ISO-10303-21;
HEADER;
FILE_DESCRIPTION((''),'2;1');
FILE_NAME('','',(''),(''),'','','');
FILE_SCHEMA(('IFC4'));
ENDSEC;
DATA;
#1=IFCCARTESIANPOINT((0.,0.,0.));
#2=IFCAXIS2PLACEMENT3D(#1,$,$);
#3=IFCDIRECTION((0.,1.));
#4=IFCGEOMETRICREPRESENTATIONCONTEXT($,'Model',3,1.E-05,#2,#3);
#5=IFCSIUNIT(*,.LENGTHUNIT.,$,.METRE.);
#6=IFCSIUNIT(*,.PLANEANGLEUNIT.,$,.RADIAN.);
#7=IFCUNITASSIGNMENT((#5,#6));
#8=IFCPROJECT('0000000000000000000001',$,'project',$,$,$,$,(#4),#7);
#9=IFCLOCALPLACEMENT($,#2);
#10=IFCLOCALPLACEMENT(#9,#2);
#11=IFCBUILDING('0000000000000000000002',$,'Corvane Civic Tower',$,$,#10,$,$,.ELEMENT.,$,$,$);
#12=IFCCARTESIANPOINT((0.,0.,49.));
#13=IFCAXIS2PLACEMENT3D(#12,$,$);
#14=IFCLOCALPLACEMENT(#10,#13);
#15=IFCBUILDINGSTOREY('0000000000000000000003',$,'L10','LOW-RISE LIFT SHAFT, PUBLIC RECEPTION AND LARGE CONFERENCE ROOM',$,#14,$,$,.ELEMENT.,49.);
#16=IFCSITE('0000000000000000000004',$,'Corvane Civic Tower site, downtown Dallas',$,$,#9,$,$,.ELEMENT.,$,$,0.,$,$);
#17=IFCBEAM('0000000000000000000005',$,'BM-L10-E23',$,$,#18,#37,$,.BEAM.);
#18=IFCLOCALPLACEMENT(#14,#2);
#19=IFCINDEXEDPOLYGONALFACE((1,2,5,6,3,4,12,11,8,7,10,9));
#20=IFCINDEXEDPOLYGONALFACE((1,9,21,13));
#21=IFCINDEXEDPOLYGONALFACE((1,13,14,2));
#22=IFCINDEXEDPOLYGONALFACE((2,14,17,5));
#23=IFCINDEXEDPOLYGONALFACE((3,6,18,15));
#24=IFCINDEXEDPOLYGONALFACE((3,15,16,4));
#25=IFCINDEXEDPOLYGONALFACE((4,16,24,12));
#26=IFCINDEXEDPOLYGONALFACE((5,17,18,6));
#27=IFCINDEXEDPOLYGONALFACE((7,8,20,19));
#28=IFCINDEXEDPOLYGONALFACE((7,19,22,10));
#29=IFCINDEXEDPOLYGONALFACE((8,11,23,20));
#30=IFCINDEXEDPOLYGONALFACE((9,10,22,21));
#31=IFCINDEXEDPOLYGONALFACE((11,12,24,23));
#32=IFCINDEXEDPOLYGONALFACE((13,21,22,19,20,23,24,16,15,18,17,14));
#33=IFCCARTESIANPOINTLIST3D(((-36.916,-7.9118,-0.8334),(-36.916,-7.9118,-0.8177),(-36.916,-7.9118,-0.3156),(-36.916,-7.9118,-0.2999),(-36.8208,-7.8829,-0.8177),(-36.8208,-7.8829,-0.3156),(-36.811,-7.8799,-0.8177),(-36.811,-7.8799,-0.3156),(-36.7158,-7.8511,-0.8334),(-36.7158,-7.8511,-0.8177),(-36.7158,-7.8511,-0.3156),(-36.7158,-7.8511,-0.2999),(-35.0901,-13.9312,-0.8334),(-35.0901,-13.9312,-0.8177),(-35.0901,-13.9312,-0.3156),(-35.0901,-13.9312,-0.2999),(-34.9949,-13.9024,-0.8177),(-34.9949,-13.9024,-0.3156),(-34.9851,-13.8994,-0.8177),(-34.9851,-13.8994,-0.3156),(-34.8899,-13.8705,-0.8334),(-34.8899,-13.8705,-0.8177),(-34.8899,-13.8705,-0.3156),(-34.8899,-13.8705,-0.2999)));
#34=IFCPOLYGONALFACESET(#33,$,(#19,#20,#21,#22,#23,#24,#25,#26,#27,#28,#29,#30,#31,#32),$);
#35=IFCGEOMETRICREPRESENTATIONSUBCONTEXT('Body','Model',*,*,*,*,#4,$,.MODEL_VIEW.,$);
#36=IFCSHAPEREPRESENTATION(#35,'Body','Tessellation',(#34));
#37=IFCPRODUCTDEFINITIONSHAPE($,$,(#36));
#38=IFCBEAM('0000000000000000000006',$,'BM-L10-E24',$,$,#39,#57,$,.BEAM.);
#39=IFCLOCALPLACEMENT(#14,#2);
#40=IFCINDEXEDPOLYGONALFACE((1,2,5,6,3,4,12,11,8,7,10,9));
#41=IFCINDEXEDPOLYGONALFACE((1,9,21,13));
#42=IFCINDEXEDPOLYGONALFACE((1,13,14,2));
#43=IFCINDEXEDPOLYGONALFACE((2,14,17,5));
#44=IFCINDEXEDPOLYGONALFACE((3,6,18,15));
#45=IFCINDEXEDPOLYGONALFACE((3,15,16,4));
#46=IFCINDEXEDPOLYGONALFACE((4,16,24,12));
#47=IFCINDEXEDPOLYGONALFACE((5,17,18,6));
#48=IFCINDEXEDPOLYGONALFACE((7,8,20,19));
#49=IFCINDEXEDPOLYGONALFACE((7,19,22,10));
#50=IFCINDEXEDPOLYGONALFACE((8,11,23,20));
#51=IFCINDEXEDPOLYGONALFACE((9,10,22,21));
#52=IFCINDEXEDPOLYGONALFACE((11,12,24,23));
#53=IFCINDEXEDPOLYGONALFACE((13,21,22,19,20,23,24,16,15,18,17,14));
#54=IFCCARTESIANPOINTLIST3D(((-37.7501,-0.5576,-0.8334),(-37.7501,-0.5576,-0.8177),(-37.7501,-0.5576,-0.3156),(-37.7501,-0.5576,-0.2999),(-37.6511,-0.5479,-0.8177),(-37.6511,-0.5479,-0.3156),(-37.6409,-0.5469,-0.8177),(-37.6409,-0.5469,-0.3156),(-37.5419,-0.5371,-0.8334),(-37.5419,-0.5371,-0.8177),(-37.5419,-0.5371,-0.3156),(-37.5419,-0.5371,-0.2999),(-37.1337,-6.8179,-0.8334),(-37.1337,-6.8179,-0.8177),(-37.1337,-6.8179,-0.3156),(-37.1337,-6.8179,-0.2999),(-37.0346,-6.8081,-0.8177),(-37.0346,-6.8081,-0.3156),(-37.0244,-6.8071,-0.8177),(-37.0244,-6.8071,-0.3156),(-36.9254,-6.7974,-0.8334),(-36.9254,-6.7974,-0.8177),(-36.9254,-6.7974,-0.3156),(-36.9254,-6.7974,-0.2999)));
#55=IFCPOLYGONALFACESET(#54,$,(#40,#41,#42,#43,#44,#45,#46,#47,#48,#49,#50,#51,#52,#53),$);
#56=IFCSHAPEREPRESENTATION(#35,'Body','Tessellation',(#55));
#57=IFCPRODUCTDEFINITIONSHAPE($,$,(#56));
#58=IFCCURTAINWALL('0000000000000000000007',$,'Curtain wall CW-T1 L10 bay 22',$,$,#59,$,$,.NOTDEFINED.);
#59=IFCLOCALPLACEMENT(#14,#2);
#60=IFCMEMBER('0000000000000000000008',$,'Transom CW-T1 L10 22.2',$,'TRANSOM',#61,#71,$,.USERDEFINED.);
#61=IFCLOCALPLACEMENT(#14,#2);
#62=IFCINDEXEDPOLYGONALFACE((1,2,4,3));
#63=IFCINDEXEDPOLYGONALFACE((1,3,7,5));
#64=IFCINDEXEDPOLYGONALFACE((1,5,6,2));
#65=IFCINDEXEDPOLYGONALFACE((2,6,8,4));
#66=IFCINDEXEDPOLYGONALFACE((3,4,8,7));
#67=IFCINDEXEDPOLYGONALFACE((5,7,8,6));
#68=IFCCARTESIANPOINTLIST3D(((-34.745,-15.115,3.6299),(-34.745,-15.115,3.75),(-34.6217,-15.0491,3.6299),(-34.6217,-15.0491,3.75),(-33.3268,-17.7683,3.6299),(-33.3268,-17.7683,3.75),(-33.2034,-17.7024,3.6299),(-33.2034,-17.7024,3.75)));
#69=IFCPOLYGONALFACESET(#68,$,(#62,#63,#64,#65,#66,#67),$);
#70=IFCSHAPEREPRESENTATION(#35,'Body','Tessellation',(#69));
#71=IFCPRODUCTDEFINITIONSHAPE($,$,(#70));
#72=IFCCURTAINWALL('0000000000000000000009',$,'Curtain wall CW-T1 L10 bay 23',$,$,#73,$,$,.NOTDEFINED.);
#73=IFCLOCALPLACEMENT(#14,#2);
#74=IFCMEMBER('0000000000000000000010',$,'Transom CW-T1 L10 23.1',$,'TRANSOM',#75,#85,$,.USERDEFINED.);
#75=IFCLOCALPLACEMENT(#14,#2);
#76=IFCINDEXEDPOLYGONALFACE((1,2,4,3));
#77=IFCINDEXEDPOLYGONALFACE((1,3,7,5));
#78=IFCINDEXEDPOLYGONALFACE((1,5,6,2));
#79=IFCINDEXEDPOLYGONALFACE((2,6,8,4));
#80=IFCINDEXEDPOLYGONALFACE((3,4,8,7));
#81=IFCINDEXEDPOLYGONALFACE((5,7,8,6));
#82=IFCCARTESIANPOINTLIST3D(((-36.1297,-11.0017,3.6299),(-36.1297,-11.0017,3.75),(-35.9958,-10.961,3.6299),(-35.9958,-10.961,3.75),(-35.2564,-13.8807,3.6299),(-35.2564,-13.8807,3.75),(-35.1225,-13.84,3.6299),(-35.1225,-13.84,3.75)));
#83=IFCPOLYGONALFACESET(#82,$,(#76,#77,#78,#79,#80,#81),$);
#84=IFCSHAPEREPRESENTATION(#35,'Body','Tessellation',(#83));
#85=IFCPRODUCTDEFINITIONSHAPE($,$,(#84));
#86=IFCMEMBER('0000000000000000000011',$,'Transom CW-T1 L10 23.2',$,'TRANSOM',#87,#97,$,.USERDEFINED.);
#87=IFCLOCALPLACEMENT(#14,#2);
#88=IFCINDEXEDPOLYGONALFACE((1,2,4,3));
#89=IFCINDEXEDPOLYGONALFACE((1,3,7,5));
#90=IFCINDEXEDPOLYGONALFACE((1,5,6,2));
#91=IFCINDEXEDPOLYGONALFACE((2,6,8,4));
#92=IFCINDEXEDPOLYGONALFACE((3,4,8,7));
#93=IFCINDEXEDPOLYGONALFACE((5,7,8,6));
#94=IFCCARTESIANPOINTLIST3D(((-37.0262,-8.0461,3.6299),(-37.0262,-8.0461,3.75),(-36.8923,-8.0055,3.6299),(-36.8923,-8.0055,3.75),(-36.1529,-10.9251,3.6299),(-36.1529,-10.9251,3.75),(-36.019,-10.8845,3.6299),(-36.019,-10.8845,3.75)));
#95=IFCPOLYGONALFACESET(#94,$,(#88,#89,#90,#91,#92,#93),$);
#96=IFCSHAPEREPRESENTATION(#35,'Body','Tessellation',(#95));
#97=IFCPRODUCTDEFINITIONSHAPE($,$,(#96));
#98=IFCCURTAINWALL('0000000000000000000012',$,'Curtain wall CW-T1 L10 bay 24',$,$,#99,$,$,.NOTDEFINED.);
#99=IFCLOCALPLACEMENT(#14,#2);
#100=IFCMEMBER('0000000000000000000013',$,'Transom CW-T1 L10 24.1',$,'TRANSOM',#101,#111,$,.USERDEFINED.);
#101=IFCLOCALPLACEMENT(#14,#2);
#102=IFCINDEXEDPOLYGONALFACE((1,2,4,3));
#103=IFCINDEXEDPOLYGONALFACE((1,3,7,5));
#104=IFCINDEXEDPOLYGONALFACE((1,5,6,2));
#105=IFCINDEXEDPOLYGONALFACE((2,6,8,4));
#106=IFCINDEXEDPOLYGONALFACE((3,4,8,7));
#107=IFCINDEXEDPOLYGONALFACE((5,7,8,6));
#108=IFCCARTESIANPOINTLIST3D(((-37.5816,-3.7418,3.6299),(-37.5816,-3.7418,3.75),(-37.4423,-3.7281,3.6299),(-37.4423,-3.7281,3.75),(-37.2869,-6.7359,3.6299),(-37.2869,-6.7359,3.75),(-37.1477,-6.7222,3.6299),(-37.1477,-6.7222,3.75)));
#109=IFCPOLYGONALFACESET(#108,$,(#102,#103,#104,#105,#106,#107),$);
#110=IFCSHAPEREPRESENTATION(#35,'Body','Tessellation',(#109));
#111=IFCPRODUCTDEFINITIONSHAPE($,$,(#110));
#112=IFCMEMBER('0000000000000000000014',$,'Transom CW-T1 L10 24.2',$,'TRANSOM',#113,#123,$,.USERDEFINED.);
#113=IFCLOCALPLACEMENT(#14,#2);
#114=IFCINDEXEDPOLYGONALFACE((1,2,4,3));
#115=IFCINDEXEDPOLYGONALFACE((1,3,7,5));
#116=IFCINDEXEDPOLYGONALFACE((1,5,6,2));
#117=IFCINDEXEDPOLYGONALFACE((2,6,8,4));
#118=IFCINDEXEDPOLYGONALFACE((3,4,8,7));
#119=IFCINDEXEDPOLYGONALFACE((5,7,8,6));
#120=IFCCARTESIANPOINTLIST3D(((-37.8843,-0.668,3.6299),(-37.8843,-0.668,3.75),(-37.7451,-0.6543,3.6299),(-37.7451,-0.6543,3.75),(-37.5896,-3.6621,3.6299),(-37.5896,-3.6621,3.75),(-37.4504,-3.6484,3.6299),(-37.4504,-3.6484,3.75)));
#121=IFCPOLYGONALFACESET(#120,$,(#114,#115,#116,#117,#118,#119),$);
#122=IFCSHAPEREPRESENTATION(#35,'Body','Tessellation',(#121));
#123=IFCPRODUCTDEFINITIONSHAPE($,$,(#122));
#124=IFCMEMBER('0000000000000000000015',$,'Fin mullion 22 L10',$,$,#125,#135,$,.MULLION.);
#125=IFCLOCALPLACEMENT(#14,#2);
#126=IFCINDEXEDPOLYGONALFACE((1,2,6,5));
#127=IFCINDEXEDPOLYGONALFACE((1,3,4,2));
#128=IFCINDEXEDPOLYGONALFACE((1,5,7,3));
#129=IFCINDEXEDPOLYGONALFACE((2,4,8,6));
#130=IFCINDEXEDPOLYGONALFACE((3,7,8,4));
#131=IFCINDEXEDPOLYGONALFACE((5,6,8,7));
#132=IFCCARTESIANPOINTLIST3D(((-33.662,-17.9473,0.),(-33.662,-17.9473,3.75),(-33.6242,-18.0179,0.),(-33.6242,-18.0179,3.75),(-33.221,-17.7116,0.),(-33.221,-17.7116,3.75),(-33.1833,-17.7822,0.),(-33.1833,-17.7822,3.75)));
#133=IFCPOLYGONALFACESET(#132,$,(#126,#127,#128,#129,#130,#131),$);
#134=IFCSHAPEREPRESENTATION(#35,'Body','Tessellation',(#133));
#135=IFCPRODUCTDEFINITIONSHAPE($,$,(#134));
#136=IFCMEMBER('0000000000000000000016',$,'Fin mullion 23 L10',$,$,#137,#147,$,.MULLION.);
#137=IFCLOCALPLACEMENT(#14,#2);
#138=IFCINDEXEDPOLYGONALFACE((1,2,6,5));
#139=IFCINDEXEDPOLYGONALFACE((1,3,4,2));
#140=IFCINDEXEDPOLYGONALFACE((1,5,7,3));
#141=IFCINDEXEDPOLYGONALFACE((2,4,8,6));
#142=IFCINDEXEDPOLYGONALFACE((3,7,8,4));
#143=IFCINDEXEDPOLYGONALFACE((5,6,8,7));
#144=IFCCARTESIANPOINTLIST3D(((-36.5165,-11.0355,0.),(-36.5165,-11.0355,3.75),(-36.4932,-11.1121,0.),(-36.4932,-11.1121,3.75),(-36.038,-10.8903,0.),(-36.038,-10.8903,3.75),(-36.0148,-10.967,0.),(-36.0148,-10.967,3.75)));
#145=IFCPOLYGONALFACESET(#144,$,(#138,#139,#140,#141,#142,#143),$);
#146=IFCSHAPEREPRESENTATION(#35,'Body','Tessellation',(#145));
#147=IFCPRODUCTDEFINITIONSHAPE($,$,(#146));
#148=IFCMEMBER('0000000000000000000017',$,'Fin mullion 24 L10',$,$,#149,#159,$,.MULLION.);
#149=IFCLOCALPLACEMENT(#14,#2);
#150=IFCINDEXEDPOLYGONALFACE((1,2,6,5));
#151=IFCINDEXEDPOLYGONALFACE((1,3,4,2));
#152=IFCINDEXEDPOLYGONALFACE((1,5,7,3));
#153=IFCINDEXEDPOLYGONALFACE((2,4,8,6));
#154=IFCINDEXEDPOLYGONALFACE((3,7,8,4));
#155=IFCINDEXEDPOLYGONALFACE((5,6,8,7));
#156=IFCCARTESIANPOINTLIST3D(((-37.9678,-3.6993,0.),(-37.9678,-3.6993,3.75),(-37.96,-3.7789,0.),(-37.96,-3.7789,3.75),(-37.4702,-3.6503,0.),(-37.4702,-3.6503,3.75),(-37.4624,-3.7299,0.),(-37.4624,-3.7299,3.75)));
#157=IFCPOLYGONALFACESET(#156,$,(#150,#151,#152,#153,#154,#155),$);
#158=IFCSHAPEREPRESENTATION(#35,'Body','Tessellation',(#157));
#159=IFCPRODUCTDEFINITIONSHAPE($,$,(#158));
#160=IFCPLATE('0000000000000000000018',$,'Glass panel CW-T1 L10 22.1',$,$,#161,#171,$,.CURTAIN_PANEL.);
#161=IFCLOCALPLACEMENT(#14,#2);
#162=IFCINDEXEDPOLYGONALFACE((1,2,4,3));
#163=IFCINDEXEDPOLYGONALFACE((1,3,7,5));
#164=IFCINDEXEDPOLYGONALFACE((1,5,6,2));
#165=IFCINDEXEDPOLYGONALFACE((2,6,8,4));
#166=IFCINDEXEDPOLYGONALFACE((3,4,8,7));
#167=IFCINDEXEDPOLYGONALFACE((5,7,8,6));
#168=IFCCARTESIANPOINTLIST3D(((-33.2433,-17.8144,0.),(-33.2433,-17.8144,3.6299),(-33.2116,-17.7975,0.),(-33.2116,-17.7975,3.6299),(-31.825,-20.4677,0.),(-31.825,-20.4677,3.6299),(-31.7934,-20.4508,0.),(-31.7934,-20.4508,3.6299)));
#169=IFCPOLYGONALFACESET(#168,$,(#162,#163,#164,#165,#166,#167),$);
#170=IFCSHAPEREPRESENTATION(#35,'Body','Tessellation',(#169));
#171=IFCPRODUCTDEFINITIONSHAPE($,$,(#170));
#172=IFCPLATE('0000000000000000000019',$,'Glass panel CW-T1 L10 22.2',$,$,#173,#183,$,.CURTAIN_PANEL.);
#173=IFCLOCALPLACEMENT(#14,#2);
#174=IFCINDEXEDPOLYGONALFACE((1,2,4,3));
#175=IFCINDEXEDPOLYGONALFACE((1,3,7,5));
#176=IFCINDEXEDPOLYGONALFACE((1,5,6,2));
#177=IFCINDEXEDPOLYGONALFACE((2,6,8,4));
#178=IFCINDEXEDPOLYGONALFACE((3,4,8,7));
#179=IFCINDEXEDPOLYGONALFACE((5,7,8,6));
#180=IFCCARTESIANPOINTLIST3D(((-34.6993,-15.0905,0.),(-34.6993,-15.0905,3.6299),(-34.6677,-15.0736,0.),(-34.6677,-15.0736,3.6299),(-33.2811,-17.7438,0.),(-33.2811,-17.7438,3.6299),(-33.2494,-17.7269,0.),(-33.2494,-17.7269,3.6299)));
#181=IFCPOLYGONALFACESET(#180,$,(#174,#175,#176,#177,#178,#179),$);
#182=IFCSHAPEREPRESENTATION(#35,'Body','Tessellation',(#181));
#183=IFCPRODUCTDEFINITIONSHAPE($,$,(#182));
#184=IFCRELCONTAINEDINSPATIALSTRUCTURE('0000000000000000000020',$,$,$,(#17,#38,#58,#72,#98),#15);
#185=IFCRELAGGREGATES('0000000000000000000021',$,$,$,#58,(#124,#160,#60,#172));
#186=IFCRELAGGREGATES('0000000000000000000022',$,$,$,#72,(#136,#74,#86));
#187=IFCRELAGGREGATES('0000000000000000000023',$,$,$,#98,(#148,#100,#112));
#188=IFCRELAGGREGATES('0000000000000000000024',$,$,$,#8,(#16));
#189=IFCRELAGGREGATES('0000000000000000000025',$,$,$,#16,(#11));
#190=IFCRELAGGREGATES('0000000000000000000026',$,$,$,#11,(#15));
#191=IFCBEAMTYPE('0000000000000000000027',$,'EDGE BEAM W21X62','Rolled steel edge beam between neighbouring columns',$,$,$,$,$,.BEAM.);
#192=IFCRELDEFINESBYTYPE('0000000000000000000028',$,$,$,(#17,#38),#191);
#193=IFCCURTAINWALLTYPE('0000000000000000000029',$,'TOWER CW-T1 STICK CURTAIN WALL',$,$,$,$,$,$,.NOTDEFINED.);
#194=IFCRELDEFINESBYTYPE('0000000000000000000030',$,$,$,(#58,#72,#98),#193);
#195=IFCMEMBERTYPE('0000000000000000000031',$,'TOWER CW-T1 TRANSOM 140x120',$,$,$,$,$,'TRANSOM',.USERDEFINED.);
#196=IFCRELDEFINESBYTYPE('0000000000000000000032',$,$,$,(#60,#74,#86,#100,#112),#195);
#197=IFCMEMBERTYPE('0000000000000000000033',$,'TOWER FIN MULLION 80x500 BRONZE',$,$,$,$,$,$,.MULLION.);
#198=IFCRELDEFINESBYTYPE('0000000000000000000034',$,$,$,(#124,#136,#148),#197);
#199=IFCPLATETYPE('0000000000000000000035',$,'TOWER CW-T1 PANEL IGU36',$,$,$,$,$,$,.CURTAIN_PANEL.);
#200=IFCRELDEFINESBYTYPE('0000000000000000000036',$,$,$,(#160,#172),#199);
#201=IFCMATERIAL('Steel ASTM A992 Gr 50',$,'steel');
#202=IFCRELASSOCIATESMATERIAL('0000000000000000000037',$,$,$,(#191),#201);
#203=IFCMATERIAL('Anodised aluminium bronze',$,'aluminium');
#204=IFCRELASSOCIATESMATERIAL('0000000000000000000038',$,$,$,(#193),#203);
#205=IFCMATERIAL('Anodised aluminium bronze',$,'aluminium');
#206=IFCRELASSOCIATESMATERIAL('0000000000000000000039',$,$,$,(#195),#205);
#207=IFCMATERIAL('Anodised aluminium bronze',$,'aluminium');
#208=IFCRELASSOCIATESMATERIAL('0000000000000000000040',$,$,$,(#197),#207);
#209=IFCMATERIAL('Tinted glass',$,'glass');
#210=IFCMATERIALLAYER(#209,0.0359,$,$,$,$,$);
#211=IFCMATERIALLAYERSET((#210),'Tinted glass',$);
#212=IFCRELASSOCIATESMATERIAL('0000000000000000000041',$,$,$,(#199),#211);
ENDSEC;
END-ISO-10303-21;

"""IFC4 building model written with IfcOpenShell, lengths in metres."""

from ifc_helpers import new_model, si_unit, direction, frame, origin, origin_2d, place, context, subcontext, project, spatial, rectangle, i_section, extrude, material, layer, layer_set, material_profile, profile_set, type_object, element, aggregate, save


model = new_model("IFC4")

# Units and contexts
model_context = context("Model", 3, precision=1e-05, world=origin(), true_north=direction((0.0, 1.0)))
body_context = subcontext(model_context, "Body", "Model", "MODEL_VIEW")
ifc_project = project(units=[si_unit("LENGTHUNIT", "METRE"), si_unit("PLANEANGLEUNIT", "RADIAN")], contexts=[model_context])

# Site, building, storey
site_placement = place(None, origin())
site = spatial("IfcSite", under=ifc_project, at=site_placement, Name="Corvane Civic Tower site, downtown Dallas", CompositionType="ELEMENT", RefElevation=0.0)
building_placement = place(site_placement, origin())
building = spatial("IfcBuilding", under=site, at=building_placement, Name="Corvane Civic Tower", CompositionType="ELEMENT")
storey_placement = place(building_placement, frame((0.0, 0.0, 49.0)))
storey = spatial("IfcBuildingStorey", under=building, at=storey_placement, Name="L10", Description="LOW-RISE LIFT SHAFT, PUBLIC RECEPTION AND LARGE CONFERENCE ROOM", CompositionType="ELEMENT", Elevation=49.0)

# Beams
ifc_material_1 = material(Name="Steel ASTM A992 Gr 50", Category="steel")
ifc_material_profile_1 = material_profile(ifc_material_1, i_section(OverallWidth=0.2092, OverallDepth=0.5334, WebThickness=0.0103, FlangeThickness=0.0156, at=origin_2d()), Name="W21X62")
ifc_profile_set_1 = profile_set([ifc_material_profile_1], Name="Steel ASTM A992 Gr 50")
beam_type = type_object("IfcBeamType", Name="EDGE BEAM W21X62", Description="Rolled steel edge beam between neighbouring columns", PredefinedType="BEAM", material=ifc_profile_set_1)
beam_1_placement = place(storey_placement, frame((-34.99, -13.9009, -0.5667), z_axis=(-0.290273, 0.956944, 0.0), x_axis=(-0.956944, -0.290273, 0.0)))
element("IfcBeam", 1, at=beam_1_placement, inside=storey, type_object=beam_type, Name="BM-L10-E23", PredefinedType="BEAM", context=body_context, shape_type="SweptSolid", body=[
    extrude(i_section(OverallWidth=0.2092, OverallDepth=0.5334, WebThickness=0.0103, FlangeThickness=0.0156, at=origin_2d()), origin(), (0.0, 0.0, 1.0), 6.2903),
])
beam_2_placement = place(storey_placement, frame((-37.0295, -6.8076, -0.5667), z_axis=(-0.097997, 0.995187, 0.0), x_axis=(-0.995187, -0.097997, 0.0)))
element("IfcBeam", 2, at=beam_2_placement, inside=storey, type_object=beam_type, Name="BM-L10-E24", PredefinedType="BEAM", context=body_context, shape_type="SweptSolid", body=[
    extrude(i_section(OverallWidth=0.2092, OverallDepth=0.5334, WebThickness=0.0103, FlangeThickness=0.0156, at=origin_2d()), origin(), (0.0, 0.0, 1.0), 6.2905),
])

# Curtain wall, member
ifc_material_2 = material(Name="Anodised aluminium bronze", Category="aluminium")
curtain_wall_type = type_object("IfcCurtainWallType", Name="TOWER CW-T1 STICK CURTAIN WALL", PredefinedType="NOTDEFINED", material=ifc_material_2)
curtain_wall_1_placement = place(storey_placement, origin())
curtain_wall_1 = element("IfcCurtainWall", 3, at=curtain_wall_1_placement, inside=storey, type_object=curtain_wall_type, Name="Curtain wall CW-T1 L10 bay 22", PredefinedType="NOTDEFINED")
ifc_material_3 = material(Name="Anodised aluminium bronze", Category="aluminium")
ifc_material_profile_2 = material_profile(ifc_material_3, rectangle(XDim=0.1399, YDim=0.1201, at=origin_2d()), Name="TOWER CW-T1 TRANSOM 140x120")
ifc_profile_set_2 = profile_set([ifc_material_profile_2], Name="Anodised aluminium bronze")
member_type_1 = type_object("IfcMemberType", Name="TOWER CW-T1 TRANSOM 140x120", ElementType="TRANSOM", PredefinedType="USERDEFINED", material=ifc_profile_set_2)
member_1_placement = place(storey_placement, frame((-33.2651, -17.7354, 3.6899), z_axis=(-0.471393, 0.881924, 0.0), x_axis=(-0.881924, -0.471393, 0.0)))
member_1 = element("IfcMember", 4, at=member_1_placement, type_object=member_type_1, Name="Transom CW-T1 L10 22.2", ObjectType="TRANSOM", PredefinedType="USERDEFINED", context=body_context, shape_type="SweptSolid", body=[
    extrude(rectangle(XDim=0.1399, YDim=0.1201, at=origin_2d()), origin(), (0.0, 0.0, 1.0), 3.0085),
])

# Curtain walls, members
curtain_wall_2_placement = place(storey_placement, origin())
curtain_wall_2 = element("IfcCurtainWall", 5, at=curtain_wall_2_placement, inside=storey, type_object=curtain_wall_type, Name="Curtain wall CW-T1 L10 bay 23", PredefinedType="NOTDEFINED")
member_2_placement = place(storey_placement, frame((-35.1895, -13.8604, 3.6899), z_axis=(-0.29028, 0.956942, 0.0), x_axis=(-0.956942, -0.29028, 0.0)))
member_2 = element("IfcMember", 6, at=member_2_placement, type_object=member_type_1, Name="Transom CW-T1 L10 23.1", ObjectType="TRANSOM", PredefinedType="USERDEFINED", context=body_context, shape_type="SweptSolid", body=[
    extrude(rectangle(XDim=0.1399, YDim=0.1201, at=origin_2d()), origin(), (0.0, 0.0, 1.0), 3.0085),
])
member_3_placement = place(storey_placement, frame((-36.0859, -10.9048, 3.6899), z_axis=(-0.29028, 0.956942, 0.0), x_axis=(-0.956942, -0.29028, 0.0)))
member_3 = element("IfcMember", 7, at=member_3_placement, type_object=member_type_1, Name="Transom CW-T1 L10 23.2", ObjectType="TRANSOM", PredefinedType="USERDEFINED", context=body_context, shape_type="SweptSolid", body=[
    extrude(rectangle(XDim=0.1399, YDim=0.1201, at=origin_2d()), origin(), (0.0, 0.0, 1.0), 3.0085),
])
curtain_wall_3_placement = place(storey_placement, origin())
curtain_wall_3 = element("IfcCurtainWall", 8, at=curtain_wall_3_placement, inside=storey, type_object=curtain_wall_type, Name="Curtain wall CW-T1 L10 bay 24", PredefinedType="NOTDEFINED")
member_4_placement = place(storey_placement, frame((-37.2173, -6.729, 3.6899), z_axis=(-0.097945, 0.995192, 0.0), x_axis=(-0.995192, -0.097945, 0.0)))
member_4 = element("IfcMember", 9, at=member_4_placement, type_object=member_type_1, Name="Transom CW-T1 L10 24.1", ObjectType="TRANSOM", PredefinedType="USERDEFINED", context=body_context, shape_type="SweptSolid", body=[
    extrude(rectangle(XDim=0.1399, YDim=0.1201, at=origin_2d()), origin(), (0.0, 0.0, 1.0), 3.0085),
])
member_5_placement = place(storey_placement, frame((-37.52, -3.6553, 3.6899), z_axis=(-0.097945, 0.995192, 0.0), x_axis=(-0.995192, -0.097945, 0.0)))
member_5 = element("IfcMember", 10, at=member_5_placement, type_object=member_type_1, Name="Transom CW-T1 L10 24.2", ObjectType="TRANSOM", PredefinedType="USERDEFINED", context=body_context, shape_type="SweptSolid", body=[
    extrude(rectangle(XDim=0.1399, YDim=0.1201, at=origin_2d()), origin(), (0.0, 0.0, 1.0), 3.0085),
])

# Members
ifc_material_4 = material(Name="Anodised aluminium bronze", Category="aluminium")
ifc_material_profile_3 = material_profile(ifc_material_4, rectangle(XDim=0.0801, YDim=0.5, at=origin_2d()), Name="TOWER FIN MULLION 80x500 BRONZE")
ifc_profile_set_3 = profile_set([ifc_material_profile_3], Name="Anodised aluminium bronze")
member_type_2 = type_object("IfcMemberType", Name="TOWER FIN MULLION 80x500 BRONZE", PredefinedType="MULLION", material=ifc_profile_set_3)
member_6_placement = place(storey_placement, frame((-33.4226, -17.8647, 0.0), z_axis=(0.0, 0.0, 1.0), x_axis=(-0.471404, 0.881918, 0.0)))
member_6 = element("IfcMember", 11, at=member_6_placement, type_object=member_type_2, Name="Fin mullion 22 L10", PredefinedType="MULLION", context=body_context, shape_type="SweptSolid", body=[
    extrude(rectangle(XDim=0.0801, YDim=0.5, at=origin_2d()), origin(), (0.0, 0.0, 1.0), 3.75),
])
member_7_placement = place(storey_placement, frame((-36.2656, -11.0012, 0.0), z_axis=(0.0, 0.0, 1.0), x_axis=(-0.290278, 0.956942, 0.0)))
member_7 = element("IfcMember", 12, at=member_7_placement, type_object=member_type_2, Name="Fin mullion 23 L10", PredefinedType="MULLION", context=body_context, shape_type="SweptSolid", body=[
    extrude(rectangle(XDim=0.0801, YDim=0.5, at=origin_2d()), origin(), (0.0, 0.0, 1.0), 3.75),
])
member_8_placement = place(storey_placement, frame((-37.7151, -3.7146, 0.0), z_axis=(0.0, 0.0, 1.0), x_axis=(-0.098006, 0.995186, 0.0)))
member_8 = element("IfcMember", 13, at=member_8_placement, type_object=member_type_2, Name="Fin mullion 24 L10", PredefinedType="MULLION", context=body_context, shape_type="SweptSolid", body=[
    extrude(rectangle(XDim=0.0801, YDim=0.5, at=origin_2d()), origin(), (0.0, 0.0, 1.0), 3.75),
])

# Plates
ifc_material_5 = material(Name="Tinted glass", Category="glass")
ifc_layer_1 = layer(ifc_material_5, 0.0359)
ifc_layer_set_1 = layer_set([ifc_layer_1], Name="Tinted glass")
plate_type = type_object("IfcPlateType", Name="TOWER CW-T1 PANEL IGU36", PredefinedType="CURTAIN_PANEL", material=ifc_layer_set_1)
plate_1_placement = place(storey_placement, frame((-32.5183, -19.1326, 0.0), z_axis=(0.0, 0.0, 1.0), x_axis=(-0.471404, 0.881918, 0.0)))
plate_1 = element("IfcPlate", 14, at=plate_1_placement, type_object=plate_type, Name="Glass panel CW-T1 L10 22.1", PredefinedType="CURTAIN_PANEL", context=body_context, shape_type="SweptSolid", body=[
    extrude(rectangle(XDim=3.0085, YDim=0.0359, at=origin_2d()), origin(), (0.0, 0.0, 1.0), 3.6299),
])
plate_2_placement = place(storey_placement, frame((-33.9744, -16.4087, 0.0), z_axis=(0.0, 0.0, 1.0), x_axis=(-0.471404, 0.881918, 0.0)))
plate_2 = element("IfcPlate", 15, at=plate_2_placement, type_object=plate_type, Name="Glass panel CW-T1 L10 22.2", PredefinedType="CURTAIN_PANEL", context=body_context, shape_type="SweptSolid", body=[
    extrude(rectangle(XDim=3.0085, YDim=0.0359, at=origin_2d()), origin(), (0.0, 0.0, 1.0), 3.6299),
])
aggregate(curtain_wall_1, [member_6, plate_1, member_1, plate_2])
aggregate(curtain_wall_2, [member_7, member_2, member_3])
aggregate(curtain_wall_3, [member_8, member_4, member_5])

save(model, "model.ifc")
